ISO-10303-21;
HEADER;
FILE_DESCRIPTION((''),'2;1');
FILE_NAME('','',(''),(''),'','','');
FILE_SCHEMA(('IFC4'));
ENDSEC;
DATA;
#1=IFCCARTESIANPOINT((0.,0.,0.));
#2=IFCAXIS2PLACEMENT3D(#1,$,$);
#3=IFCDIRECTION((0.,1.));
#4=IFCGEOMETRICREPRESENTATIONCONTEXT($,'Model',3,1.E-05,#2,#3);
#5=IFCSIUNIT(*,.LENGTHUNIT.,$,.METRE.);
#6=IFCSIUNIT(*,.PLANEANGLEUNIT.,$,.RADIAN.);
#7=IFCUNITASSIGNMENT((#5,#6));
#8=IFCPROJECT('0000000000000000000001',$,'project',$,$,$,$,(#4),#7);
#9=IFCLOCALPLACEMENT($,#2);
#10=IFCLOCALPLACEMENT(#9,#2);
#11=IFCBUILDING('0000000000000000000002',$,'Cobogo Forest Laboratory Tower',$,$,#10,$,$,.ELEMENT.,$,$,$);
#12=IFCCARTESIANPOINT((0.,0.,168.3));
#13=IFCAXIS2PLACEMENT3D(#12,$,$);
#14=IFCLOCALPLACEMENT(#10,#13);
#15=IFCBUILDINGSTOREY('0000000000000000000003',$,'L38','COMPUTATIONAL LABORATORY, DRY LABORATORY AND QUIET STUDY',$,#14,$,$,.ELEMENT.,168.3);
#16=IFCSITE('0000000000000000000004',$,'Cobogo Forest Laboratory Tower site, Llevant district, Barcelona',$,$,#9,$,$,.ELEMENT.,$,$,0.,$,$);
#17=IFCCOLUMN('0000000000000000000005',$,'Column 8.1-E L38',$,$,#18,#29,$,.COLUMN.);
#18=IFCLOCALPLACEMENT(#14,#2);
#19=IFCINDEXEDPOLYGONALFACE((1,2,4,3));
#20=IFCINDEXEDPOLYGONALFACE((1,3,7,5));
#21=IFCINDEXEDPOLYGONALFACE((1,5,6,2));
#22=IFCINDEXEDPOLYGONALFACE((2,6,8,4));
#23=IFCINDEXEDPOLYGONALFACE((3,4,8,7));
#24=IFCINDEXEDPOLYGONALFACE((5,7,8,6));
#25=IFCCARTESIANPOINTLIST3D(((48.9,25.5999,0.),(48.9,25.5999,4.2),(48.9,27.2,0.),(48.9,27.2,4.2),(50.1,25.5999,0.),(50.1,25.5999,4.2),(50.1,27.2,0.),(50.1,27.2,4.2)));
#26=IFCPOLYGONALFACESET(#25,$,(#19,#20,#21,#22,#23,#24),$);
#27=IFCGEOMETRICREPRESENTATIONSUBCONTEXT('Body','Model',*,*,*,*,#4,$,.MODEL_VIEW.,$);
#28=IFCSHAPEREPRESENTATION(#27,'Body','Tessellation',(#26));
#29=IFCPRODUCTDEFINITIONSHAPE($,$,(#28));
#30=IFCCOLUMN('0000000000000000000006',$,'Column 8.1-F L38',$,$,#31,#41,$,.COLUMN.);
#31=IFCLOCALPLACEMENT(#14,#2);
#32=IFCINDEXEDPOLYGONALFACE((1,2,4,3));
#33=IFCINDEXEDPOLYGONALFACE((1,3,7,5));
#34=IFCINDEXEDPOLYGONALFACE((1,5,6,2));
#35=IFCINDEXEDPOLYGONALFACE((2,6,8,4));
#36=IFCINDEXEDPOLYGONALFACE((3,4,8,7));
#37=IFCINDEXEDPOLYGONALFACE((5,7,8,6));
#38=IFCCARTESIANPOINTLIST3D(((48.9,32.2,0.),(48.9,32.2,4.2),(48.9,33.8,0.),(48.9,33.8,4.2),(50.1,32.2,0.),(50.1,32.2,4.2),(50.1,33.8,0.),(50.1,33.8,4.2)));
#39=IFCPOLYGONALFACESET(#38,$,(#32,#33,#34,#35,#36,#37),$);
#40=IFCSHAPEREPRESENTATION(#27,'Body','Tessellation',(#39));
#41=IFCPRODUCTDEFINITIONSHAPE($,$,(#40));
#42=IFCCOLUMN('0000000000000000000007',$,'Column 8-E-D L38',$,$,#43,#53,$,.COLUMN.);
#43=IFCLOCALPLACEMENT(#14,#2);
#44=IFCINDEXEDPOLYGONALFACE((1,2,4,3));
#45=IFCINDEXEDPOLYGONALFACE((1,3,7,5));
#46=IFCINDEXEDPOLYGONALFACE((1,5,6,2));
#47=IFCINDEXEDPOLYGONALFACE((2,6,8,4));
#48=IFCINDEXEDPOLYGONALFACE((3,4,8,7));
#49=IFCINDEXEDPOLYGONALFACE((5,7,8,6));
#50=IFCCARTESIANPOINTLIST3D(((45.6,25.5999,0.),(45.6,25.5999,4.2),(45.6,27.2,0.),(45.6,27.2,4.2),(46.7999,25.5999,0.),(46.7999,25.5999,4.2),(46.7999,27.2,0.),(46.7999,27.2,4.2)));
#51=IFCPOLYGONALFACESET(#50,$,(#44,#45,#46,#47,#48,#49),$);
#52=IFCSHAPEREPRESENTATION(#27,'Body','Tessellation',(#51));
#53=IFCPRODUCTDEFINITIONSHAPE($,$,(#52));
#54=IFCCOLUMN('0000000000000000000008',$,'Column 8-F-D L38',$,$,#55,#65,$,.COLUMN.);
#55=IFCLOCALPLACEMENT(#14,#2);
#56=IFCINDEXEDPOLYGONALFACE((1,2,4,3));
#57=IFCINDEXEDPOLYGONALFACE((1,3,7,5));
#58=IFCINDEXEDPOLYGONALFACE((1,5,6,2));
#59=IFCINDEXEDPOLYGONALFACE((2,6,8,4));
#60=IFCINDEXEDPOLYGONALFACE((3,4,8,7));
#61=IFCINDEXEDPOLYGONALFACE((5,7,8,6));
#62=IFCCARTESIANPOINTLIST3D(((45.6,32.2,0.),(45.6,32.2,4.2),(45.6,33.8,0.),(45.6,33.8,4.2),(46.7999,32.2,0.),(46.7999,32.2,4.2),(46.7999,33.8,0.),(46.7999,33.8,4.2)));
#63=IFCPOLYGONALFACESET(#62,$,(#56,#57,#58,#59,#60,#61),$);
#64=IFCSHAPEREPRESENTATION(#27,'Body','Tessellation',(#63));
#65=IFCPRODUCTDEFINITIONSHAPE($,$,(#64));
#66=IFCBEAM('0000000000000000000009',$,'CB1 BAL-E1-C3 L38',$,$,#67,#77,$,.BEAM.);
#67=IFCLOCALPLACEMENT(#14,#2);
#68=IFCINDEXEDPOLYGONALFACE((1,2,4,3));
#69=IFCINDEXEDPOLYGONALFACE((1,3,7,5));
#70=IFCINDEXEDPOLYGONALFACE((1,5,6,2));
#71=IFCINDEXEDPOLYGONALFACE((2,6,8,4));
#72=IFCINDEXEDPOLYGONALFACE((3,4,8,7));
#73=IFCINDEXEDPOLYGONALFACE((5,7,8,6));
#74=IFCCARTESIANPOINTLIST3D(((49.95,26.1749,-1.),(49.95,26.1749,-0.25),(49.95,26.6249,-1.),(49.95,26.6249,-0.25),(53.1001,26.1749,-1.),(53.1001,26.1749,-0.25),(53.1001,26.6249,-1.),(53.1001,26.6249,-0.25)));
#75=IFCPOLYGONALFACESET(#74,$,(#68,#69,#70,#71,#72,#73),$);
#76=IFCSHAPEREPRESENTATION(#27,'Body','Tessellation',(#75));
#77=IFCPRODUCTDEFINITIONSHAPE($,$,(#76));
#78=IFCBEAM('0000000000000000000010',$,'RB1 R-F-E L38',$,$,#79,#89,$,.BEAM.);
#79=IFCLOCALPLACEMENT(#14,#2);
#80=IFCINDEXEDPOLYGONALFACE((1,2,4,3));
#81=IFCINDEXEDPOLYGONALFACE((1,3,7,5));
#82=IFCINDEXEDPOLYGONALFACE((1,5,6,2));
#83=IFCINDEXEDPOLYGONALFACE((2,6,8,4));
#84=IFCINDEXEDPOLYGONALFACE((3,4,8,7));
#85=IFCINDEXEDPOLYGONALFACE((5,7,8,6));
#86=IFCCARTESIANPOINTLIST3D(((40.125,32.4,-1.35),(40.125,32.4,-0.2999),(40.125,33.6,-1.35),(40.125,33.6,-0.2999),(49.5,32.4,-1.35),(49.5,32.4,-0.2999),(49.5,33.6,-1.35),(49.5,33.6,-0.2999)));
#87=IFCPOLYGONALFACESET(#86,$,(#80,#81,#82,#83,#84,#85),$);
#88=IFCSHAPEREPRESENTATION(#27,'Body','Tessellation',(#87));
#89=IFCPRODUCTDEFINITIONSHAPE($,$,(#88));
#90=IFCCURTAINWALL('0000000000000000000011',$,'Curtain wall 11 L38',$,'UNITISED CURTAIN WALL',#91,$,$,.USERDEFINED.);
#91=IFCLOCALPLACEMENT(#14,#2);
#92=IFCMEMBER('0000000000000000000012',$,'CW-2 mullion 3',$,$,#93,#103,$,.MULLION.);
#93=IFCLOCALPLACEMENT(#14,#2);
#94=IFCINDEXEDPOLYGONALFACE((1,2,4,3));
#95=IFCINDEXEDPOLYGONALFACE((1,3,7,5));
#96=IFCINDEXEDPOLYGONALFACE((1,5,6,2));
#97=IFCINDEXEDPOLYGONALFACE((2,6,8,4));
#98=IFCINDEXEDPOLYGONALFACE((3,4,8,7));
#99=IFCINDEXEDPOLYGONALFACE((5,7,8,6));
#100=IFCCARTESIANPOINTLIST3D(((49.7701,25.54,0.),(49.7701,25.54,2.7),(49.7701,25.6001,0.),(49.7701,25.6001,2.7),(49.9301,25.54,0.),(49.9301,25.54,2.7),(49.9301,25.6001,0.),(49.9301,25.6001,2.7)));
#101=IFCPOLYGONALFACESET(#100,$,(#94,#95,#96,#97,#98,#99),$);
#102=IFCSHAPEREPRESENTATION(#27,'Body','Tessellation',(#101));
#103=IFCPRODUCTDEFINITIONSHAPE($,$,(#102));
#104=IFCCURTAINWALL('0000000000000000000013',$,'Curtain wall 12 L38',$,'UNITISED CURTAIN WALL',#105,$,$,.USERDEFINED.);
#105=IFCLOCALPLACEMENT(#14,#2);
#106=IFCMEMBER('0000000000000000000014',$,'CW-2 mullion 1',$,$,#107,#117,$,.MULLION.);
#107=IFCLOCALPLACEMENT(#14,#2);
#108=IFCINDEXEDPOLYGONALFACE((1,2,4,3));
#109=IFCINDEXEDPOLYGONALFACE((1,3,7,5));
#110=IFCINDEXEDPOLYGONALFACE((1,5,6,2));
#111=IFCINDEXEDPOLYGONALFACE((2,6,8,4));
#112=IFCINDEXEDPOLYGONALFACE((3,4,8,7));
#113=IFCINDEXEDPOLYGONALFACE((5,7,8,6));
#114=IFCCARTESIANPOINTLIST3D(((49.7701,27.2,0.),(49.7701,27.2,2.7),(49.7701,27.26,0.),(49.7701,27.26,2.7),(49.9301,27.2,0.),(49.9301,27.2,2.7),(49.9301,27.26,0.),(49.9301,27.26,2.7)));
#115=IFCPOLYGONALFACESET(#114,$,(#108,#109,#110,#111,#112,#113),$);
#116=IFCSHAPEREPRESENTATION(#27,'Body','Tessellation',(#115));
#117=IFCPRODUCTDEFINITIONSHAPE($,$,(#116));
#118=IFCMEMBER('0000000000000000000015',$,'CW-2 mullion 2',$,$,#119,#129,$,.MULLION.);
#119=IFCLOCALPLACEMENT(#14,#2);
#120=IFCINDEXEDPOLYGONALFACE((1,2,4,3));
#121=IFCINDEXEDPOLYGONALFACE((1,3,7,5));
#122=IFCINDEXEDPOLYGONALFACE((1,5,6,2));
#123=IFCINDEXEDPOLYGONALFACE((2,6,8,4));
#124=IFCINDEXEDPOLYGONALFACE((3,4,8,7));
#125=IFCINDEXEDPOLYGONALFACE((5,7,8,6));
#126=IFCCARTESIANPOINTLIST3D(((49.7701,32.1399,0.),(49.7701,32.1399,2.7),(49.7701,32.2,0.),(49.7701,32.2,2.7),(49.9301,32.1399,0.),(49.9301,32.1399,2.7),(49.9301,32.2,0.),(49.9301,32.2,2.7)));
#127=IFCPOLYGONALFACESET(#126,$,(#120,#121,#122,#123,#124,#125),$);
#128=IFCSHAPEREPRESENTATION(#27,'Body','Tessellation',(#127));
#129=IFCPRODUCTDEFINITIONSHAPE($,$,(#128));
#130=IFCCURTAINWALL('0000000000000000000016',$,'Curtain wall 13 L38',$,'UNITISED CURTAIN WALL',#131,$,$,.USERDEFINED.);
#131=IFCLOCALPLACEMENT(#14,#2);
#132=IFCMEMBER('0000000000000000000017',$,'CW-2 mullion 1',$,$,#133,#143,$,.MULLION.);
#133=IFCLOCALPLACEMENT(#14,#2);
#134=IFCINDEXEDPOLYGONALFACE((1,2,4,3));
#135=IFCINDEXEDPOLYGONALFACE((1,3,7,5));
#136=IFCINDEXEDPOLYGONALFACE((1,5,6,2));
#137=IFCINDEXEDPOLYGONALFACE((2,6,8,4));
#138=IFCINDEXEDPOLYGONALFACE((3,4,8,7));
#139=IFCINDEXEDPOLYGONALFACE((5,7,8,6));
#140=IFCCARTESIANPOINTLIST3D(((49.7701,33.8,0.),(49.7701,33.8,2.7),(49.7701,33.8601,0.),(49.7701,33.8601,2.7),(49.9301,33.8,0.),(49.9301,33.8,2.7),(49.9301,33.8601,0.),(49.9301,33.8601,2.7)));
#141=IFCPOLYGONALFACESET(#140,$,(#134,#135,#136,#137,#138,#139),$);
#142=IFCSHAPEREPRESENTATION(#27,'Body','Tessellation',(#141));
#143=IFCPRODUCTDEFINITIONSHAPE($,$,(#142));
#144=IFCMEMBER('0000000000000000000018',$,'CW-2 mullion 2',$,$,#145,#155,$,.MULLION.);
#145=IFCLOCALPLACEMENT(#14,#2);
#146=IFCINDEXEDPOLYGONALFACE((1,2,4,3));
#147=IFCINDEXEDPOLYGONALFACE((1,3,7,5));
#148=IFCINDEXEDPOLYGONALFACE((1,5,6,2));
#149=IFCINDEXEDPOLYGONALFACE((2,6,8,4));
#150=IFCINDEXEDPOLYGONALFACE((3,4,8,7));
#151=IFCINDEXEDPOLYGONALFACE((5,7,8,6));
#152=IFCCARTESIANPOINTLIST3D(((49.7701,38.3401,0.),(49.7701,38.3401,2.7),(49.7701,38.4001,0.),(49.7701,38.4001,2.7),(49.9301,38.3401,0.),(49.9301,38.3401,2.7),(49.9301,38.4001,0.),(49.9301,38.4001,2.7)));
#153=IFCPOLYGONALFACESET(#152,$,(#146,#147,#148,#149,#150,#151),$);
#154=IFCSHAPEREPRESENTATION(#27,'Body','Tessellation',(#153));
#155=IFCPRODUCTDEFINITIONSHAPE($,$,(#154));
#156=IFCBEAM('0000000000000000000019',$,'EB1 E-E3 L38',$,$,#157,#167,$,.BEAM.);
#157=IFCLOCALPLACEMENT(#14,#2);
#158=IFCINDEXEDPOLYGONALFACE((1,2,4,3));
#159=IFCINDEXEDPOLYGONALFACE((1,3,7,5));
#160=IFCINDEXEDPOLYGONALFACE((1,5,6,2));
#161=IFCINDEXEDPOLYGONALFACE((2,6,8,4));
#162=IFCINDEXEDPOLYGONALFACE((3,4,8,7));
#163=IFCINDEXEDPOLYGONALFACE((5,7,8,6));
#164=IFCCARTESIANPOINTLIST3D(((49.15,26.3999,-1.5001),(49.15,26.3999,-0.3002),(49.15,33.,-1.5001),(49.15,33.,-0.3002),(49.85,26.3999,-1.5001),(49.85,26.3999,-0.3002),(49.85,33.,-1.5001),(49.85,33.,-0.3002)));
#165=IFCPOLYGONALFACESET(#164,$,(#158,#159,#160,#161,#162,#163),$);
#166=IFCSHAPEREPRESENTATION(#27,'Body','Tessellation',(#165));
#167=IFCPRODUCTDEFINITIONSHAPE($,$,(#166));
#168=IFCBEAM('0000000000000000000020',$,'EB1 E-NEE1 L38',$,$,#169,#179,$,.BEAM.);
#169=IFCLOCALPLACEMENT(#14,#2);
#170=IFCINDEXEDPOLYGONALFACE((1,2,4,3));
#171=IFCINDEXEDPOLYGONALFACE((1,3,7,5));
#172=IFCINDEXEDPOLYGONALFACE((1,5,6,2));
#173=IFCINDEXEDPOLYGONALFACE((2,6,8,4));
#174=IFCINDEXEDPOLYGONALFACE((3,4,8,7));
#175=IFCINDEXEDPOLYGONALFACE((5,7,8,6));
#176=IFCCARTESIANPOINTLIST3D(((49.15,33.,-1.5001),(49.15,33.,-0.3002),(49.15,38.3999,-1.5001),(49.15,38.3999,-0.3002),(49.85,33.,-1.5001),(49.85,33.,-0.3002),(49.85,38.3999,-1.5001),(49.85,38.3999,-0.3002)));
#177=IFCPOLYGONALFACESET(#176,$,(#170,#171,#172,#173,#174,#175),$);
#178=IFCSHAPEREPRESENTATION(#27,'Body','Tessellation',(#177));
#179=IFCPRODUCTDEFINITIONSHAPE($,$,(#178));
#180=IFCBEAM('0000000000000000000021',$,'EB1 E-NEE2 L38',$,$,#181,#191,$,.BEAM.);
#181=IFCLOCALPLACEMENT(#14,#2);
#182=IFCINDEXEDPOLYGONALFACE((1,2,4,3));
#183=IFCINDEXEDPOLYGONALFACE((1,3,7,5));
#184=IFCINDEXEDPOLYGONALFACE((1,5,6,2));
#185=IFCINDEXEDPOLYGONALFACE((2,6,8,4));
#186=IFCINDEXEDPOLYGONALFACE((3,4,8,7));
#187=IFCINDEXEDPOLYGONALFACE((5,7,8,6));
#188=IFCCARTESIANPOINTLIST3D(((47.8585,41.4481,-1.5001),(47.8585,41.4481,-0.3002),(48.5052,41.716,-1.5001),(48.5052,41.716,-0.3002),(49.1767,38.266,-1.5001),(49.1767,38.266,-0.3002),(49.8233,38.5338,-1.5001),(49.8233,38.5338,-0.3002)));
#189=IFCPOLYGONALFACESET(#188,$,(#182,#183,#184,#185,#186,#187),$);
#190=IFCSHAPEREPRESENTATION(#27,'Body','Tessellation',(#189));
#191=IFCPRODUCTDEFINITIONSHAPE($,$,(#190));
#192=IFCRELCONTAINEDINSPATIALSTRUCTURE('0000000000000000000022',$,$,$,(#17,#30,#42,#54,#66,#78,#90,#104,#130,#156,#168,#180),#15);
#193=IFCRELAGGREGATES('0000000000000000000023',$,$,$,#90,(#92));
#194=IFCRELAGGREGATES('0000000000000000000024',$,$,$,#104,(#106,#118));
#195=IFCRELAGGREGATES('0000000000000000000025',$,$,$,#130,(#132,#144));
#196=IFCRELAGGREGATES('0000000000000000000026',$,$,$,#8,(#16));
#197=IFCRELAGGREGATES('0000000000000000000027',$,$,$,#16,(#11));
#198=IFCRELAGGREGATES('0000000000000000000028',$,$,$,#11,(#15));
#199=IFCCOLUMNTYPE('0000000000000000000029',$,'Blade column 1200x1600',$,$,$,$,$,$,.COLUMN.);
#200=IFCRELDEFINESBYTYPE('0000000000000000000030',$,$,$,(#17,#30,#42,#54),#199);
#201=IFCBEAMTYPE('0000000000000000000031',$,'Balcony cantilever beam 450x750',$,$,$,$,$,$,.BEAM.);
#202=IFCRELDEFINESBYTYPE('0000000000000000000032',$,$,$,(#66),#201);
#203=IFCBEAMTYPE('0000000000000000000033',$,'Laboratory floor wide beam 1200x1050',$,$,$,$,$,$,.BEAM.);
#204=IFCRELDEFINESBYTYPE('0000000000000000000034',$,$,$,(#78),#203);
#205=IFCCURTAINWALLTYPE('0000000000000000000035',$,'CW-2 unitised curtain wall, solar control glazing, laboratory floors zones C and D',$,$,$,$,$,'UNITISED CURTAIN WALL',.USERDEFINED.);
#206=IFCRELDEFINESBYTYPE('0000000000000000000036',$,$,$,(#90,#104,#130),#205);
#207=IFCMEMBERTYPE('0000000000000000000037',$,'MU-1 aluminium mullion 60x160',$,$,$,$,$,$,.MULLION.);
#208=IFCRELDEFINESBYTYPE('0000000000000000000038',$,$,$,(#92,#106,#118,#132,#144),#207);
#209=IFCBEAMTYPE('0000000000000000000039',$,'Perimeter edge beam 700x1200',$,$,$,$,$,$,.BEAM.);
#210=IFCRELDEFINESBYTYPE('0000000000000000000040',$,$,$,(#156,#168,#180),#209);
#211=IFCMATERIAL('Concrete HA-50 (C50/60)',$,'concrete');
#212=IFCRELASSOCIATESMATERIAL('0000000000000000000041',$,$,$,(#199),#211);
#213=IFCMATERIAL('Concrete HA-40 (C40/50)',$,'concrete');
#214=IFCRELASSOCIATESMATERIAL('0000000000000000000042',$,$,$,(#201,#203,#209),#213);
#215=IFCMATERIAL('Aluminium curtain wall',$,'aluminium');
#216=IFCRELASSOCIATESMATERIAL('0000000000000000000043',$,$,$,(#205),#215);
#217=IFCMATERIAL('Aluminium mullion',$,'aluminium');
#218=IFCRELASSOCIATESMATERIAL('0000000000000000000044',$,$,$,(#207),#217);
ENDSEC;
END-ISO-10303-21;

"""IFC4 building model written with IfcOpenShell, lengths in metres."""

from ifc_helpers import new_model, si_unit, direction, frame, origin, origin_2d, place, context, subcontext, project, spatial, rectangle, extrude, material, material_profile, profile_set, type_object, element, aggregate, save


model = new_model("IFC4")

# Units and contexts
model_context = context("Model", 3, precision=1e-05, world=origin(), true_north=direction((0.0, 1.0)))
body_context = subcontext(model_context, "Body", "Model", "MODEL_VIEW")
ifc_project = project(units=[si_unit("LENGTHUNIT", "METRE"), si_unit("PLANEANGLEUNIT", "RADIAN")], contexts=[model_context])

# Site, building, storey
site_placement = place(None, origin())
site = spatial("IfcSite", under=ifc_project, at=site_placement, Name="Cobogo Forest Laboratory Tower site, Llevant district, Barcelona", CompositionType="ELEMENT", RefElevation=0.0)
building_placement = place(site_placement, origin())
building = spatial("IfcBuilding", under=site, at=building_placement, Name="Cobogo Forest Laboratory Tower", CompositionType="ELEMENT")
storey_placement = place(building_placement, frame((0.0, 0.0, 168.3)))
storey = spatial("IfcBuildingStorey", under=building, at=storey_placement, Name="L38", Description="COMPUTATIONAL LABORATORY, DRY LABORATORY AND QUIET STUDY", CompositionType="ELEMENT", Elevation=168.3)

# Columns
ifc_material_1 = material(Name="Concrete HA-50 (C50/60)", Category="concrete")
ifc_material_profile_1 = material_profile(ifc_material_1, rectangle(XDim=1.6001, YDim=1.2, at=origin_2d()), Name="RC 1200x1600")
ifc_profile_set_1 = profile_set([ifc_material_profile_1], Name="Concrete HA-50 (C50/60)")
column_type = type_object("IfcColumnType", Name="Blade column 1200x1600", PredefinedType="COLUMN", material=ifc_profile_set_1)
for number, where, z_axis, x_axis, name in (
    (1, (49.5, 26.3999, 0.0), (0.0, 0.0, 1.0), (0.0, 1.0, 0.0), "Column 8.1-E L38"),
    (2, (49.5, 33.0, 0.0), (0.0, 0.0, 1.0), (0.0, 1.0, 0.0), "Column 8.1-F L38"),
    (3, (46.2, 26.3999, 0.0), (0.0, 0.0, 1.0), (0.0, 1.0, 0.0), "Column 8-E-D L38"),
    (4, (46.2, 33.0, 0.0), (0.0, 0.0, 1.0), (0.0, 1.0, 0.0), "Column 8-F-D L38"),
):
    element("IfcColumn", number, at=place(storey_placement, frame(where, z_axis=z_axis, x_axis=x_axis)), inside=storey, type_object=column_type, Name=name, PredefinedType="COLUMN", context=body_context, shape_type="SweptSolid", body=[
        extrude(rectangle(XDim=1.6001, YDim=1.2, at=origin_2d()), origin(), (0.0, 0.0, 1.0), 4.2),
    ])

# Beams
ifc_material_2 = material(Name="Concrete HA-40 (C40/50)", Category="concrete")
ifc_material_profile_2 = material_profile(ifc_material_2, rectangle(XDim=0.45, YDim=0.75, at=origin_2d()), Name="RC 450x750")
ifc_profile_set_2 = profile_set([ifc_material_profile_2], Name="Concrete HA-40 (C40/50)")
beam_type_1 = type_object("IfcBeamType", Name="Balcony cantilever beam 450x750", PredefinedType="BEAM", material=ifc_profile_set_2)
beam_1_placement = place(storey_placement, frame((49.95, 26.3999, -0.625), z_axis=(1.0, 0.0, 0.0), x_axis=(0.0, 1.0, 0.0)))
element("IfcBeam", 5, at=beam_1_placement, inside=storey, type_object=beam_type_1, Name="CB1 BAL-E1-C3 L38", PredefinedType="BEAM", context=body_context, shape_type="SweptSolid", body=[
    extrude(rectangle(XDim=0.45, YDim=0.75, at=origin_2d()), origin(), (0.0, 0.0, 1.0), 3.1501),
])
ifc_material_profile_3 = material_profile(ifc_material_2, rectangle(XDim=1.2, YDim=1.05, at=origin_2d()), Name="RC 1200x1050")
ifc_profile_set_3 = profile_set([ifc_material_profile_3], Name="Concrete HA-40 (C40/50)")
beam_type_2 = type_object("IfcBeamType", Name="Laboratory floor wide beam 1200x1050", PredefinedType="BEAM", material=ifc_profile_set_3)
beam_2_placement = place(storey_placement, frame((40.125, 33.0, -0.825), z_axis=(1.0, 0.0, 0.0), x_axis=(0.0, 1.0, 0.0)))
element("IfcBeam", 6, at=beam_2_placement, inside=storey, type_object=beam_type_2, Name="RB1 R-F-E L38", PredefinedType="BEAM", context=body_context, shape_type="SweptSolid", body=[
    extrude(rectangle(XDim=1.2, YDim=1.05, at=origin_2d()), origin(), (0.0, 0.0, 1.0), 9.375),
])

# Curtain wall, member
ifc_material_3 = material(Name="Aluminium curtain wall", Category="aluminium")
curtain_wall_type = type_object("IfcCurtainWallType", Name="CW-2 unitised curtain wall, solar control glazing, laboratory floors zones C and D", ElementType="UNITISED CURTAIN WALL", PredefinedType="USERDEFINED", material=ifc_material_3)
curtain_wall_1_placement = place(storey_placement, origin())
curtain_wall_1 = element("IfcCurtainWall", 7, at=curtain_wall_1_placement, inside=storey, type_object=curtain_wall_type, Name="Curtain wall 11 L38", ObjectType="UNITISED CURTAIN WALL", PredefinedType="USERDEFINED")
ifc_material_4 = material(Name="Aluminium mullion", Category="aluminium")
ifc_material_profile_4 = material_profile(ifc_material_4, rectangle(XDim=0.0601, YDim=0.1599, at=origin_2d()), Name="AL 60x160")
ifc_profile_set_4 = profile_set([ifc_material_profile_4], Name="Aluminium mullion")
member_type_1 = type_object("IfcMemberType", Name="MU-1 aluminium mullion 60x160", PredefinedType="MULLION", material=ifc_profile_set_4)
member_1_placement = place(storey_placement, frame((49.8501, 25.5701, 0.0), z_axis=(0.0, 0.0, 1.0), x_axis=(0.0, 1.0, 0.0)))
member_1 = element("IfcMember", 8, at=member_1_placement, type_object=member_type_1, Name="CW-2 mullion 3", PredefinedType="MULLION", context=body_context, shape_type="SweptSolid", body=[
    extrude(rectangle(XDim=0.0601, YDim=0.1599, at=origin_2d()), origin(), (0.0, 0.0, 1.0), 2.7),
])

# Curtain walls, members
curtain_wall_2_placement = place(storey_placement, origin())
curtain_wall_2 = element("IfcCurtainWall", 9, at=curtain_wall_2_placement, inside=storey, type_object=curtain_wall_type, Name="Curtain wall 12 L38", ObjectType="UNITISED CURTAIN WALL", PredefinedType="USERDEFINED")
member_2_placement = place(storey_placement, frame((49.8501, 27.23, 0.0), z_axis=(0.0, 0.0, 1.0), x_axis=(0.0, 1.0, 0.0)))
member_2 = element("IfcMember", 10, at=member_2_placement, type_object=member_type_1, Name="CW-2 mullion 1", PredefinedType="MULLION", context=body_context, shape_type="SweptSolid", body=[
    extrude(rectangle(XDim=0.0601, YDim=0.1599, at=origin_2d()), origin(), (0.0, 0.0, 1.0), 2.7),
])
member_3_placement = place(storey_placement, frame((49.8501, 32.1699, 0.0), z_axis=(0.0, 0.0, 1.0), x_axis=(0.0, 1.0, 0.0)))
member_3 = element("IfcMember", 11, at=member_3_placement, type_object=member_type_1, Name="CW-2 mullion 2", PredefinedType="MULLION", context=body_context, shape_type="SweptSolid", body=[
    extrude(rectangle(XDim=0.0601, YDim=0.1599, at=origin_2d()), origin(), (0.0, 0.0, 1.0), 2.7),
])
curtain_wall_3_placement = place(storey_placement, origin())
curtain_wall_3 = element("IfcCurtainWall", 12, at=curtain_wall_3_placement, inside=storey, type_object=curtain_wall_type, Name="Curtain wall 13 L38", ObjectType="UNITISED CURTAIN WALL", PredefinedType="USERDEFINED")
member_4_placement = place(storey_placement, frame((49.8501, 33.8301, 0.0), z_axis=(0.0, 0.0, 1.0), x_axis=(0.0, 1.0, 0.0)))
member_4 = element("IfcMember", 13, at=member_4_placement, type_object=member_type_1, Name="CW-2 mullion 1", PredefinedType="MULLION", context=body_context, shape_type="SweptSolid", body=[
    extrude(rectangle(XDim=0.0601, YDim=0.1599, at=origin_2d()), origin(), (0.0, 0.0, 1.0), 2.7),
])
member_5_placement = place(storey_placement, frame((49.8501, 38.3701, 0.0), z_axis=(0.0, 0.0, 1.0), x_axis=(0.0, 1.0, 0.0)))
member_5 = element("IfcMember", 14, at=member_5_placement, type_object=member_type_1, Name="CW-2 mullion 2", PredefinedType="MULLION", context=body_context, shape_type="SweptSolid", body=[
    extrude(rectangle(XDim=0.0601, YDim=0.1599, at=origin_2d()), origin(), (0.0, 0.0, 1.0), 2.7),
])

# Beams
ifc_material_profile_5 = material_profile(ifc_material_2, rectangle(XDim=0.7, YDim=1.2, at=origin_2d()), Name="RC 700x1200")
ifc_profile_set_5 = profile_set([ifc_material_profile_5], Name="Concrete HA-40 (C40/50)")
beam_type_3 = type_object("IfcBeamType", Name="Perimeter edge beam 700x1200", PredefinedType="BEAM", material=ifc_profile_set_5)
beam_3_placement = place(storey_placement, frame((49.5, 26.3999, -0.9001), z_axis=(0.0, 1.0, 0.0), x_axis=(-1.0, 0.0, 0.0)))
element("IfcBeam", 15, at=beam_3_placement, inside=storey, type_object=beam_type_3, Name="EB1 E-E3 L38", PredefinedType="BEAM", context=body_context, shape_type="SweptSolid", body=[
    extrude(rectangle(XDim=0.7, YDim=1.2, at=origin_2d()), origin(), (0.0, 0.0, 1.0), 6.6001),
])
beam_4_placement = place(storey_placement, frame((49.5, 33.0, -0.9001), z_axis=(0.0, 1.0, 0.0), x_axis=(-1.0, 0.0, 0.0)))
element("IfcBeam", 16, at=beam_4_placement, inside=storey, type_object=beam_type_3, Name="EB1 E-NEE1 L38", PredefinedType="BEAM", context=body_context, shape_type="SweptSolid", body=[
    extrude(rectangle(XDim=0.7, YDim=1.2, at=origin_2d()), origin(), (0.0, 0.0, 1.0), 5.3999),
])
beam_5_placement = place(storey_placement, frame((49.5, 38.3999, -0.9001), z_axis=(-0.382692, 0.923876, 0.0), x_axis=(-0.923876, -0.382692, 0.0)))
element("IfcBeam", 17, at=beam_5_placement, inside=storey, type_object=beam_type_3, Name="EB1 E-NEE2 L38", PredefinedType="BEAM", context=body_context, shape_type="SweptSolid", body=[
    extrude(rectangle(XDim=0.7, YDim=1.2, at=origin_2d()), origin(), (0.0, 0.0, 1.0), 3.4443),
])

aggregate(curtain_wall_1, [member_1])
aggregate(curtain_wall_2, [member_2, member_3])
aggregate(curtain_wall_3, [member_4, member_5])

save(model, "model.ifc")
